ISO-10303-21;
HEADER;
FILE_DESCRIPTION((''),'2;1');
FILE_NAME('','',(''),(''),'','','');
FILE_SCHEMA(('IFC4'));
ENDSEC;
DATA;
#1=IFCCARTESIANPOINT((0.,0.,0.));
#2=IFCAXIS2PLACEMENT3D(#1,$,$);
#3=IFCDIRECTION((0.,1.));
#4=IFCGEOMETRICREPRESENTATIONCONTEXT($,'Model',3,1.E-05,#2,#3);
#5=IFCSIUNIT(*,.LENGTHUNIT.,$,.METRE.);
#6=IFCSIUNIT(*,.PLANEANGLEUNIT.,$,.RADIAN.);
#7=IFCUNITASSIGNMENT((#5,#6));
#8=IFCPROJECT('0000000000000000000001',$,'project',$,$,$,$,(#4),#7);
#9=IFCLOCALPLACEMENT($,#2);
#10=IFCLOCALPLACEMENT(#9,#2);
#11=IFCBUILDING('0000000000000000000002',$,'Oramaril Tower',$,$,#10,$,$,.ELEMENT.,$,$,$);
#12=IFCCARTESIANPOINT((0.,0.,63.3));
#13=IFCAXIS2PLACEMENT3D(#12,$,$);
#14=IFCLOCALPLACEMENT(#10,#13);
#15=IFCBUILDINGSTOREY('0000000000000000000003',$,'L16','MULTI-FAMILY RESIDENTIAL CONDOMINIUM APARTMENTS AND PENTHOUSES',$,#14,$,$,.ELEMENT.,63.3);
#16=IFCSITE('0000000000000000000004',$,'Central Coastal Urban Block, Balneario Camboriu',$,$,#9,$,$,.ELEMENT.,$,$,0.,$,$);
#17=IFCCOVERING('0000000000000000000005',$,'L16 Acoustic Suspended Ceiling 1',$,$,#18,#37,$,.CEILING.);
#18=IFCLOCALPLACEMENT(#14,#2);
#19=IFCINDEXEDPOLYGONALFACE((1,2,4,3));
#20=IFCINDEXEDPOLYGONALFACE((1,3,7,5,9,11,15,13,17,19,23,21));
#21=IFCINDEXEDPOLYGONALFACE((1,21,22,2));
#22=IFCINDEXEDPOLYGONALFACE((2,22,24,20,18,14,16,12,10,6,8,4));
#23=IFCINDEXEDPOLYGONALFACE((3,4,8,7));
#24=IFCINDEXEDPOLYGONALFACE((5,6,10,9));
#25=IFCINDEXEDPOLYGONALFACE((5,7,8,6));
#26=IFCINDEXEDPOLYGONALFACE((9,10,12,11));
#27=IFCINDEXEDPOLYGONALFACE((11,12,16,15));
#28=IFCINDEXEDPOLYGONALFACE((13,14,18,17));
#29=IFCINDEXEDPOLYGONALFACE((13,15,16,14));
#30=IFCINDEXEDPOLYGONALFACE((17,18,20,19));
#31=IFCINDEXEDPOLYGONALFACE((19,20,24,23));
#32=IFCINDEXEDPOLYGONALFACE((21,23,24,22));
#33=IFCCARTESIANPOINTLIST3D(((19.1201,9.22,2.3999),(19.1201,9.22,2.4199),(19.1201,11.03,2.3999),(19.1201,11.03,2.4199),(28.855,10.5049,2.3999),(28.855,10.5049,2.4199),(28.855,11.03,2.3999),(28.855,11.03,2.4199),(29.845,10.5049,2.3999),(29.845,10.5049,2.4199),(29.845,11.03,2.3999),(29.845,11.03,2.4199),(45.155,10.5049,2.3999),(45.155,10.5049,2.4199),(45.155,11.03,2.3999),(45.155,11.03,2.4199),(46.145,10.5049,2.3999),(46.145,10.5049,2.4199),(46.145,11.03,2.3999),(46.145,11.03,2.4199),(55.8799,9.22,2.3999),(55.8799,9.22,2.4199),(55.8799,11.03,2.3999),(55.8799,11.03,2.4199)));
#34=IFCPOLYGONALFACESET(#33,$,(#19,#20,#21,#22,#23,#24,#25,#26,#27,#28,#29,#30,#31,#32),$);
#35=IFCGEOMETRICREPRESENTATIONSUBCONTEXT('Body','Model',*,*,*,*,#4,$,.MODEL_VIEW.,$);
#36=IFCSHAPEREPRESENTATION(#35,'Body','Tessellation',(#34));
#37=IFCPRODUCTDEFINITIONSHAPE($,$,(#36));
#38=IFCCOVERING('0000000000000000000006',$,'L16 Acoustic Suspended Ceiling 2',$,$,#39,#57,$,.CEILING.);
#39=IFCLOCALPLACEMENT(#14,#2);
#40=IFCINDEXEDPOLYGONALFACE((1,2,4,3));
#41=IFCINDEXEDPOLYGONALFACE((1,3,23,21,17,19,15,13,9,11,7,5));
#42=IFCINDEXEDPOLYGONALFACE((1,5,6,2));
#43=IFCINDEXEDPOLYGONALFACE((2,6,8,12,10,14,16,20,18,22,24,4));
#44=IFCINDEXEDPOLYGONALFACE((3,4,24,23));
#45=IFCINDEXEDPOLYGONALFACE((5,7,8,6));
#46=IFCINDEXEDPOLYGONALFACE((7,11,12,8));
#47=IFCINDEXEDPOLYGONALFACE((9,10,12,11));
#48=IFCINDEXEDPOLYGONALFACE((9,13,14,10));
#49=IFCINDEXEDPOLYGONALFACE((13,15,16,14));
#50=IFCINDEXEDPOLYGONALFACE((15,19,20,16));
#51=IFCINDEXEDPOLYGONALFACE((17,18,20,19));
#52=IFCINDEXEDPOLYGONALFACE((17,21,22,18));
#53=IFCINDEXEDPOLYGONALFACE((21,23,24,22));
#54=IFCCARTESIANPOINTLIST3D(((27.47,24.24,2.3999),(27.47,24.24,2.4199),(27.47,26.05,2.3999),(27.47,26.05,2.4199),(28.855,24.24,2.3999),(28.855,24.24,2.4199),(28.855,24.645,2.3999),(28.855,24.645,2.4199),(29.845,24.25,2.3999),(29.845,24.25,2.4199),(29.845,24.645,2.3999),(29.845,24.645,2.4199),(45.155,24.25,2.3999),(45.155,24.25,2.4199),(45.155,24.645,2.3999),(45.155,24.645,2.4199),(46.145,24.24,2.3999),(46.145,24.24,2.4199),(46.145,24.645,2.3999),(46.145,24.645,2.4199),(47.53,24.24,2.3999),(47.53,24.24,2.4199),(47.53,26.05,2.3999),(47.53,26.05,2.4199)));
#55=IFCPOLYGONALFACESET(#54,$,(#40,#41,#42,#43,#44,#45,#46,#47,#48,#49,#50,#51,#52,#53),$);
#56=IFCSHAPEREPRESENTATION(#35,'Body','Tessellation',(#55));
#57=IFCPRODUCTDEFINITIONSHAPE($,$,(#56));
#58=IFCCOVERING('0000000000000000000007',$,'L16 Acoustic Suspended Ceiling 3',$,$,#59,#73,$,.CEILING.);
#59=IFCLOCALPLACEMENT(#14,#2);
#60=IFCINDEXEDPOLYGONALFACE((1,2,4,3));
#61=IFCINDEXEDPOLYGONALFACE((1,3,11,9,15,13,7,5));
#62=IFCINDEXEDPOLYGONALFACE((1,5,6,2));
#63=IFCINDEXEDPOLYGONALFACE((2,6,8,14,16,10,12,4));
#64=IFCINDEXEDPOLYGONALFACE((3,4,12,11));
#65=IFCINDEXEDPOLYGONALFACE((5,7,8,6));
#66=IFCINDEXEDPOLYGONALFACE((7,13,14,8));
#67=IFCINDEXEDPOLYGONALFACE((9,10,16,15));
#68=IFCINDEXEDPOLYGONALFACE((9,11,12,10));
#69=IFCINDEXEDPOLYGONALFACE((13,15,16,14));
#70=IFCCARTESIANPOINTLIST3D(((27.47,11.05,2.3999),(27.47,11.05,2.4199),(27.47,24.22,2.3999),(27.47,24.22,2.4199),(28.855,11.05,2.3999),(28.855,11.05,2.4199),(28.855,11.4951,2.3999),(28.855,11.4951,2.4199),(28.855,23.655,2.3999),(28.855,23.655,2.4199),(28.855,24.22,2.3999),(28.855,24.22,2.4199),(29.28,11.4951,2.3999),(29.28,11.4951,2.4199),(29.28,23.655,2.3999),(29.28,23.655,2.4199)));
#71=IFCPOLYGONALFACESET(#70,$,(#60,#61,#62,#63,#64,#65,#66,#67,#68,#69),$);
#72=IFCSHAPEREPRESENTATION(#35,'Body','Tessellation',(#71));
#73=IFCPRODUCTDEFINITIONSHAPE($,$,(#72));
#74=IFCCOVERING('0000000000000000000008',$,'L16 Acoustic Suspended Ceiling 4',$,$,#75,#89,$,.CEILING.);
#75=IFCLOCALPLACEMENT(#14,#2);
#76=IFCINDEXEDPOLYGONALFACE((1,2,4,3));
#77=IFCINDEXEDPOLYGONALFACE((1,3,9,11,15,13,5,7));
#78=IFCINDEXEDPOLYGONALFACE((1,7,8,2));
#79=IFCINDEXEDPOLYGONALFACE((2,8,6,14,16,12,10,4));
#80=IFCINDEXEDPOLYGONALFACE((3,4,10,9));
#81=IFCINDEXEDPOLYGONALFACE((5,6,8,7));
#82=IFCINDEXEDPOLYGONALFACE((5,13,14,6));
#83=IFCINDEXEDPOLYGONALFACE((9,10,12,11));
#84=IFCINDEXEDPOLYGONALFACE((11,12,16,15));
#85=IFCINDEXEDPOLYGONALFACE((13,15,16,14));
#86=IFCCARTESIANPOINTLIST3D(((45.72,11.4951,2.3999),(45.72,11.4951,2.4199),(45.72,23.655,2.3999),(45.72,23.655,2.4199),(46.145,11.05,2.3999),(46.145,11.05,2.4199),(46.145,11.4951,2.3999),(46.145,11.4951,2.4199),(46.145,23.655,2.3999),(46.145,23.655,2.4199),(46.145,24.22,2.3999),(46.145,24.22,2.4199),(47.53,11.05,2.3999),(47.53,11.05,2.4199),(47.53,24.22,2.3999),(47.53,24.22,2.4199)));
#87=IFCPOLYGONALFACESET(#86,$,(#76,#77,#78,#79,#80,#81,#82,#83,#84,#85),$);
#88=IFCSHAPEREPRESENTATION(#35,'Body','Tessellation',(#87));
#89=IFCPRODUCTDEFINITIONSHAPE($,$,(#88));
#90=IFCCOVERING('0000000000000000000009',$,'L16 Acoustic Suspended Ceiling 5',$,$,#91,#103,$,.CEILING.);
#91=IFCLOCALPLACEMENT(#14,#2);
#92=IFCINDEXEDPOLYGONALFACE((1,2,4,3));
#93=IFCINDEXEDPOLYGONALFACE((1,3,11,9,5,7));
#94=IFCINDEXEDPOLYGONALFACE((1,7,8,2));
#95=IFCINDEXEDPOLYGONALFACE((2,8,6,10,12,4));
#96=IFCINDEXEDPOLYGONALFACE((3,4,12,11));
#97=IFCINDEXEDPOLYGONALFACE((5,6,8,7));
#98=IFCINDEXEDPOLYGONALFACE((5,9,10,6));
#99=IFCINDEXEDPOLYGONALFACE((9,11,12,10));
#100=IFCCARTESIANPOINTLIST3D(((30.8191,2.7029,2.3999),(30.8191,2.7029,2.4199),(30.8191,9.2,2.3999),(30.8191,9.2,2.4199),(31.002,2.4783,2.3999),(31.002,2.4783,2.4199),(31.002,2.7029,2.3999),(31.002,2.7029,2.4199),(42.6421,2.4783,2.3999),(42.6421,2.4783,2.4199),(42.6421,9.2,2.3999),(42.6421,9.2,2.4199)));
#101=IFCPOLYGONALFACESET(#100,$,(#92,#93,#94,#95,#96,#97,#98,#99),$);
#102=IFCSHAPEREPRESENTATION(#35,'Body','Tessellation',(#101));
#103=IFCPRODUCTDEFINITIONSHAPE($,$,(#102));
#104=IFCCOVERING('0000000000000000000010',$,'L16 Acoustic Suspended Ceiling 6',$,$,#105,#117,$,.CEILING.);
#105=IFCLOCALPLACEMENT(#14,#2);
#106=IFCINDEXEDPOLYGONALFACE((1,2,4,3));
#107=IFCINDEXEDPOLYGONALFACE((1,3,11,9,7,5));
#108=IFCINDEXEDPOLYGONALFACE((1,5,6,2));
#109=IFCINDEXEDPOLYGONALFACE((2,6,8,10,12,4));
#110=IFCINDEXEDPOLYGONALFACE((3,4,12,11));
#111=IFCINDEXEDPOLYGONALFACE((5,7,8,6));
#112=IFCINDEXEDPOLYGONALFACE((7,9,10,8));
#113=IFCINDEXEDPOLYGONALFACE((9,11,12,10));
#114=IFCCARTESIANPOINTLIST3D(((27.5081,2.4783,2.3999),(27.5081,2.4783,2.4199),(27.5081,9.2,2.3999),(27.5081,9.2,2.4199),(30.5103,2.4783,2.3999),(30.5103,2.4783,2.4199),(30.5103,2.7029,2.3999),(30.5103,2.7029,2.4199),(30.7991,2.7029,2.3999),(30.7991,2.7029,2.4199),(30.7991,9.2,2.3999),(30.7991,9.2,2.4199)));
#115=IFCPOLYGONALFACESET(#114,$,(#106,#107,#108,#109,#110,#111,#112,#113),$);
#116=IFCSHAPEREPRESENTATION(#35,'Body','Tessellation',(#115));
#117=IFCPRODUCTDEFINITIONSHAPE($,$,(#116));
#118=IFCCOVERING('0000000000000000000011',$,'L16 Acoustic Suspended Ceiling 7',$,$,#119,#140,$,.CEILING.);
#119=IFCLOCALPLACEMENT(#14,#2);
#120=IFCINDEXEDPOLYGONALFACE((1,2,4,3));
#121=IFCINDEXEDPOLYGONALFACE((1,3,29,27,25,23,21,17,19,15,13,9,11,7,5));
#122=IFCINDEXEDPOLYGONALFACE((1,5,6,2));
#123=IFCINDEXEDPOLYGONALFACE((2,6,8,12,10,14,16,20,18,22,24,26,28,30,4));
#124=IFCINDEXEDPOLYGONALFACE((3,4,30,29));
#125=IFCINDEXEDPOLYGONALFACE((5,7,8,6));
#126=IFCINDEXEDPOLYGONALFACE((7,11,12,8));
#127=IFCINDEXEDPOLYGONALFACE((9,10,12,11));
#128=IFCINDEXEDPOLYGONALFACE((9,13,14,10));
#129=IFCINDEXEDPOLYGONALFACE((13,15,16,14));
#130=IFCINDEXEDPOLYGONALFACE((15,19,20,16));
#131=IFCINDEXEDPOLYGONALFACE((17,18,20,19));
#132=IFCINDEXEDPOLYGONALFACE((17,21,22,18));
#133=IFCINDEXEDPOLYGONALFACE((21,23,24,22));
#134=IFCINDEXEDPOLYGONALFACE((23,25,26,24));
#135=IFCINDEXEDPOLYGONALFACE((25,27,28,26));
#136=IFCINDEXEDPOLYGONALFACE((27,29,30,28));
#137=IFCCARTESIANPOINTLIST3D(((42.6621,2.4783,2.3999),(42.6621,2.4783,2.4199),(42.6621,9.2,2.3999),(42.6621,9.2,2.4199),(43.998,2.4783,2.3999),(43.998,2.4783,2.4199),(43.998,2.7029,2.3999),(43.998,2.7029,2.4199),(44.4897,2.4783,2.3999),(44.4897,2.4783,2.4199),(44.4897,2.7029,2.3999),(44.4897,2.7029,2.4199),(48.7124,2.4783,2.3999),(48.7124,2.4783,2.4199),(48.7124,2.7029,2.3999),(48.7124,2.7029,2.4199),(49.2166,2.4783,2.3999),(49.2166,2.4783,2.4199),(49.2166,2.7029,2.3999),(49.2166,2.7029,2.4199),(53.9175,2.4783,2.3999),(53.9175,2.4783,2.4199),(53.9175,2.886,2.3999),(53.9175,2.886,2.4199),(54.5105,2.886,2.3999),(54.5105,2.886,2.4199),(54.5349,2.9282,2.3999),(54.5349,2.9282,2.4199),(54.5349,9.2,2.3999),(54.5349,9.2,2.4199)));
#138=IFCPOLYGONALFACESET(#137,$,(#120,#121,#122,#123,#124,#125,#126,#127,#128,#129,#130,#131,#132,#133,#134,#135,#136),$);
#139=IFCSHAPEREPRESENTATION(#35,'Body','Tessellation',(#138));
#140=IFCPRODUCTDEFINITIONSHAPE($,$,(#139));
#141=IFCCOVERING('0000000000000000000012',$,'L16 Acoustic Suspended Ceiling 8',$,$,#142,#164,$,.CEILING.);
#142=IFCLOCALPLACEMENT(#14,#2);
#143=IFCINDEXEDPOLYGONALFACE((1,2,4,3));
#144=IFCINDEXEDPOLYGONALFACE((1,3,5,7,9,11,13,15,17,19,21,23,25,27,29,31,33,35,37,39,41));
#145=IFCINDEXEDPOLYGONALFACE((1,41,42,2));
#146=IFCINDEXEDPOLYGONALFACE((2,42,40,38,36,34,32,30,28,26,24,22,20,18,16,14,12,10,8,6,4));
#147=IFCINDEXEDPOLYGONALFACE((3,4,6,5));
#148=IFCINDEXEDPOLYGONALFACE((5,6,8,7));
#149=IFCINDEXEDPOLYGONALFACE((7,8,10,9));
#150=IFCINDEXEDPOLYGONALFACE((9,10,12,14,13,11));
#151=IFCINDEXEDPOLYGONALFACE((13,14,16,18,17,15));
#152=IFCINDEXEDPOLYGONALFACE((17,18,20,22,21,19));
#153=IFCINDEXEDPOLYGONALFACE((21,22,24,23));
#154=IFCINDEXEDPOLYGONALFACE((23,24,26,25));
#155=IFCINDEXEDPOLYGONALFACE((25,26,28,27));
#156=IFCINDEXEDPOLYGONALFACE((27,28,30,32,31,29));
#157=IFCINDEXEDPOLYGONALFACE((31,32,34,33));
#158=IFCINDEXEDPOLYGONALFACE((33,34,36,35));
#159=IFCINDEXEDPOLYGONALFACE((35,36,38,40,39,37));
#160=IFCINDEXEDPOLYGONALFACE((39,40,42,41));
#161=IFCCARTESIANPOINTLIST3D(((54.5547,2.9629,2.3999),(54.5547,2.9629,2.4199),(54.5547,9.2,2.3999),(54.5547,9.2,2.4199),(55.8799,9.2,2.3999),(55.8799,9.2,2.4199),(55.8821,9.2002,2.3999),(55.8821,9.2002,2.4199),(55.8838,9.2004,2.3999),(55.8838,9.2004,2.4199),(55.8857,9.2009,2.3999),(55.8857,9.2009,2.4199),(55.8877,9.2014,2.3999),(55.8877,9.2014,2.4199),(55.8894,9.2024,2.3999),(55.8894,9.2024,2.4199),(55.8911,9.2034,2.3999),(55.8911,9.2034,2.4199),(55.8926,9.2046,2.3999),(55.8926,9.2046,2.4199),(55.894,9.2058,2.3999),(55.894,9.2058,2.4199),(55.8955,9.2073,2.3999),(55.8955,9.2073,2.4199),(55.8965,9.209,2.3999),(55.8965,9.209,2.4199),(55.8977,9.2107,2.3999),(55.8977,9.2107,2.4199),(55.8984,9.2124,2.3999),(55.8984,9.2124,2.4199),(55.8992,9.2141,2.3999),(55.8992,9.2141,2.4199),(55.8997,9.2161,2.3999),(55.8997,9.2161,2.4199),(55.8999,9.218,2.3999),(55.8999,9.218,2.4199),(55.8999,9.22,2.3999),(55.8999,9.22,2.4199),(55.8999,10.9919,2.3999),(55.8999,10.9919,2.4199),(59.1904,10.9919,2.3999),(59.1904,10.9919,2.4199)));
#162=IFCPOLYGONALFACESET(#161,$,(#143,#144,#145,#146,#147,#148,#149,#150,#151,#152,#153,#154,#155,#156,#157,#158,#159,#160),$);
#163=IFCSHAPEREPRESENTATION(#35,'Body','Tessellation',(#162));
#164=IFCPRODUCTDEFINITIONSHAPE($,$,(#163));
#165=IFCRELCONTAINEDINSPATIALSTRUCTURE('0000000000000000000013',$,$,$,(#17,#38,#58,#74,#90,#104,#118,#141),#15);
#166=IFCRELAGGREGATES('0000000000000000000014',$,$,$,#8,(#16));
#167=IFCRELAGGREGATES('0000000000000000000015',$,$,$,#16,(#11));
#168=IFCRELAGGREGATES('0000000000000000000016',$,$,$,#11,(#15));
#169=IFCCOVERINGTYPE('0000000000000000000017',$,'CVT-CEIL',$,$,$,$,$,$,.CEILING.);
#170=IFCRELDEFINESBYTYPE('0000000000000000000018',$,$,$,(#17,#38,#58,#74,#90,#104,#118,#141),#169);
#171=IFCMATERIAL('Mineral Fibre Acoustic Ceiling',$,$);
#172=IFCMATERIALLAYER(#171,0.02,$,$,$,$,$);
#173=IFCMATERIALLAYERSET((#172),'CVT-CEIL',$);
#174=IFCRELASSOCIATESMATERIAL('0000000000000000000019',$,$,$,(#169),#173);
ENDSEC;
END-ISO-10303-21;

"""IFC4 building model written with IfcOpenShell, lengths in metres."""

from ifc_helpers import new_model, si_unit, direction, frame, origin, place, context, subcontext, project, spatial, polyline, outline, extrude, material, layer, layer_set, type_object, element, save


model = new_model("IFC4")

# Units and contexts
model_context = context("Model", 3, precision=1e-05, world=origin(), true_north=direction((0.0, 1.0)))
body_context = subcontext(model_context, "Body", "Model", "MODEL_VIEW")
ifc_project = project(units=[si_unit("LENGTHUNIT", "METRE"), si_unit("PLANEANGLEUNIT", "RADIAN")], contexts=[model_context])

# Site, building, storey
site_placement = place(None, origin())
site = spatial("IfcSite", under=ifc_project, at=site_placement, Name="Central Coastal Urban Block, Balneario Camboriu", CompositionType="ELEMENT", RefElevation=0.0)
building_placement = place(site_placement, origin())
building = spatial("IfcBuilding", under=site, at=building_placement, Name="Oramaril Tower", CompositionType="ELEMENT")
storey_placement = place(building_placement, frame((0.0, 0.0, 63.3)))
storey = spatial("IfcBuildingStorey", under=building, at=storey_placement, Name="L16", Description="MULTI-FAMILY RESIDENTIAL CONDOMINIUM APARTMENTS AND PENTHOUSES", CompositionType="ELEMENT", Elevation=63.3)

# Coverings
ifc_material_1 = material(Name="Mineral Fibre Acoustic Ceiling")
ifc_layer_1 = layer(ifc_material_1, 0.02)
ifc_layer_set_1 = layer_set([ifc_layer_1], Name="CVT-CEIL")
covering_type_1 = type_object("IfcCoveringType", Name="CVT-CEIL", PredefinedType="CEILING", material=ifc_layer_set_1)
covering_1_placement = place(storey_placement, frame((0.0, 0.0, 2.3999)))
element("IfcCovering", 1, at=covering_1_placement, inside=storey, type_object=covering_type_1, Name="L16 Acoustic Suspended Ceiling 1", PredefinedType="CEILING", context=body_context, shape_type="SweptSolid", body=[
    extrude(outline(polyline([(28.855, 10.5049), (29.845, 10.5049), (29.845, 11.03), (45.155, 11.03), (45.155, 10.5049), (46.145, 10.5049), (46.145, 11.03), (55.8799, 11.03), (55.8799, 9.22), (19.1201, 9.22), (19.1201, 11.03), (28.855, 11.03), (28.855, 10.5049)])), origin(), (0.0, 0.0, 1.0), 0.02),
])
covering_2_placement = place(storey_placement, frame((0.0, 0.0, 2.3999)))
element("IfcCovering", 2, at=covering_2_placement, inside=storey, type_object=covering_type_1, Name="L16 Acoustic Suspended Ceiling 2", PredefinedType="CEILING", context=body_context, shape_type="SweptSolid", body=[
    extrude(outline(polyline([(47.53, 24.24), (46.145, 24.24), (46.145, 24.645), (45.155, 24.645), (45.155, 24.25), (29.845, 24.25), (29.845, 24.645), (28.855, 24.645), (28.855, 24.24), (27.47, 24.24), (27.47, 26.05), (47.53, 26.05), (47.53, 24.24)])), origin(), (0.0, 0.0, 1.0), 0.02),
])
covering_3_placement = place(storey_placement, frame((0.0, 0.0, 2.3999)))
element("IfcCovering", 3, at=covering_3_placement, inside=storey, type_object=covering_type_1, Name="L16 Acoustic Suspended Ceiling 3", PredefinedType="CEILING", context=body_context, shape_type="SweptSolid", body=[
    extrude(outline(polyline([(28.855, 23.655), (29.28, 23.655), (29.28, 11.4951), (28.855, 11.4951), (28.855, 11.05), (27.47, 11.05), (27.47, 24.22), (28.855, 24.22), (28.855, 23.655)])), origin(), (0.0, 0.0, 1.0), 0.02),
])
covering_4_placement = place(storey_placement, frame((0.0, 0.0, 2.3999)))
element("IfcCovering", 4, at=covering_4_placement, inside=storey, type_object=covering_type_1, Name="L16 Acoustic Suspended Ceiling 4", PredefinedType="CEILING", context=body_context, shape_type="SweptSolid", body=[
    extrude(outline(polyline([(47.53, 11.05), (46.145, 11.05), (46.145, 11.4951), (45.72, 11.4951), (45.72, 23.655), (46.145, 23.655), (46.145, 24.22), (47.53, 24.22), (47.53, 11.05)])), origin(), (0.0, 0.0, 1.0), 0.02),
])
covering_5_placement = place(storey_placement, frame((0.0, 0.0, 2.3999)))
element("IfcCovering", 5, at=covering_5_placement, inside=storey, type_object=covering_type_1, Name="L16 Acoustic Suspended Ceiling 5", PredefinedType="CEILING", context=body_context, shape_type="SweptSolid", body=[
    extrude(outline(polyline([(31.002, 2.4783), (31.002, 2.7029), (30.8191, 2.7029), (30.8191, 9.2), (42.6421, 9.2), (42.6421, 2.4783), (31.002, 2.4783)])), origin(), (0.0, 0.0, 1.0), 0.02),
])
covering_6_placement = place(storey_placement, frame((0.0, 0.0, 2.3999)))
element("IfcCovering", 6, at=covering_6_placement, inside=storey, type_object=covering_type_1, Name="L16 Acoustic Suspended Ceiling 6", PredefinedType="CEILING", context=body_context, shape_type="SweptSolid", body=[
    extrude(outline(polyline([(27.5081, 9.2), (30.7991, 9.2), (30.7991, 2.7029), (30.5103, 2.7029), (30.5103, 2.4783), (27.5081, 2.4783), (27.5081, 9.2)])), origin(), (0.0, 0.0, 1.0), 0.02),
])
covering_7_placement = place(storey_placement, frame((0.0, 0.0, 2.3999)))
element("IfcCovering", 7, at=covering_7_placement, inside=storey, type_object=covering_type_1, Name="L16 Acoustic Suspended Ceiling 7", PredefinedType="CEILING", context=body_context, shape_type="SweptSolid", body=[
    extrude(outline(polyline([(54.5105, 2.886), (53.9175, 2.886), (53.9175, 2.4783), (49.2166, 2.4783), (49.2166, 2.7029), (48.7124, 2.7029), (48.7124, 2.4783), (44.4897, 2.4783), (44.4897, 2.7029), (43.998, 2.7029), (43.998, 2.4783), (42.6621, 2.4783), (42.6621, 9.2), (54.5349, 9.2), (54.5349, 2.9282), (54.5105, 2.886)])), origin(), (0.0, 0.0, 1.0), 0.02),
])
covering_8_placement = place(storey_placement, frame((0.0, 0.0, 2.3999)))
element("IfcCovering", 8, at=covering_8_placement, inside=storey, type_object=covering_type_1, Name="L16 Acoustic Suspended Ceiling 8", PredefinedType="CEILING", context=body_context, shape_type="SweptSolid", body=[
    extrude(outline(polyline([(59.1904, 10.9919), (54.5547, 2.9629), (54.5547, 9.2), (55.8799, 9.2), (55.8821, 9.2002), (55.8838, 9.2004), (55.8857, 9.2009), (55.8877, 9.2014), (55.8894, 9.2024), (55.8911, 9.2034), (55.8926, 9.2046), (55.894, 9.2058), (55.8955, 9.2073), (55.8965, 9.209), (55.8977, 9.2107), (55.8984, 9.2124), (55.8992, 9.2141), (55.8997, 9.2161), (55.8999, 9.218), (55.8999, 9.22), (55.8999, 10.9919), (59.1904, 10.9919)])), origin(), (0.0, 0.0, 1.0), 0.02),
])

save(model, "model.ifc")
